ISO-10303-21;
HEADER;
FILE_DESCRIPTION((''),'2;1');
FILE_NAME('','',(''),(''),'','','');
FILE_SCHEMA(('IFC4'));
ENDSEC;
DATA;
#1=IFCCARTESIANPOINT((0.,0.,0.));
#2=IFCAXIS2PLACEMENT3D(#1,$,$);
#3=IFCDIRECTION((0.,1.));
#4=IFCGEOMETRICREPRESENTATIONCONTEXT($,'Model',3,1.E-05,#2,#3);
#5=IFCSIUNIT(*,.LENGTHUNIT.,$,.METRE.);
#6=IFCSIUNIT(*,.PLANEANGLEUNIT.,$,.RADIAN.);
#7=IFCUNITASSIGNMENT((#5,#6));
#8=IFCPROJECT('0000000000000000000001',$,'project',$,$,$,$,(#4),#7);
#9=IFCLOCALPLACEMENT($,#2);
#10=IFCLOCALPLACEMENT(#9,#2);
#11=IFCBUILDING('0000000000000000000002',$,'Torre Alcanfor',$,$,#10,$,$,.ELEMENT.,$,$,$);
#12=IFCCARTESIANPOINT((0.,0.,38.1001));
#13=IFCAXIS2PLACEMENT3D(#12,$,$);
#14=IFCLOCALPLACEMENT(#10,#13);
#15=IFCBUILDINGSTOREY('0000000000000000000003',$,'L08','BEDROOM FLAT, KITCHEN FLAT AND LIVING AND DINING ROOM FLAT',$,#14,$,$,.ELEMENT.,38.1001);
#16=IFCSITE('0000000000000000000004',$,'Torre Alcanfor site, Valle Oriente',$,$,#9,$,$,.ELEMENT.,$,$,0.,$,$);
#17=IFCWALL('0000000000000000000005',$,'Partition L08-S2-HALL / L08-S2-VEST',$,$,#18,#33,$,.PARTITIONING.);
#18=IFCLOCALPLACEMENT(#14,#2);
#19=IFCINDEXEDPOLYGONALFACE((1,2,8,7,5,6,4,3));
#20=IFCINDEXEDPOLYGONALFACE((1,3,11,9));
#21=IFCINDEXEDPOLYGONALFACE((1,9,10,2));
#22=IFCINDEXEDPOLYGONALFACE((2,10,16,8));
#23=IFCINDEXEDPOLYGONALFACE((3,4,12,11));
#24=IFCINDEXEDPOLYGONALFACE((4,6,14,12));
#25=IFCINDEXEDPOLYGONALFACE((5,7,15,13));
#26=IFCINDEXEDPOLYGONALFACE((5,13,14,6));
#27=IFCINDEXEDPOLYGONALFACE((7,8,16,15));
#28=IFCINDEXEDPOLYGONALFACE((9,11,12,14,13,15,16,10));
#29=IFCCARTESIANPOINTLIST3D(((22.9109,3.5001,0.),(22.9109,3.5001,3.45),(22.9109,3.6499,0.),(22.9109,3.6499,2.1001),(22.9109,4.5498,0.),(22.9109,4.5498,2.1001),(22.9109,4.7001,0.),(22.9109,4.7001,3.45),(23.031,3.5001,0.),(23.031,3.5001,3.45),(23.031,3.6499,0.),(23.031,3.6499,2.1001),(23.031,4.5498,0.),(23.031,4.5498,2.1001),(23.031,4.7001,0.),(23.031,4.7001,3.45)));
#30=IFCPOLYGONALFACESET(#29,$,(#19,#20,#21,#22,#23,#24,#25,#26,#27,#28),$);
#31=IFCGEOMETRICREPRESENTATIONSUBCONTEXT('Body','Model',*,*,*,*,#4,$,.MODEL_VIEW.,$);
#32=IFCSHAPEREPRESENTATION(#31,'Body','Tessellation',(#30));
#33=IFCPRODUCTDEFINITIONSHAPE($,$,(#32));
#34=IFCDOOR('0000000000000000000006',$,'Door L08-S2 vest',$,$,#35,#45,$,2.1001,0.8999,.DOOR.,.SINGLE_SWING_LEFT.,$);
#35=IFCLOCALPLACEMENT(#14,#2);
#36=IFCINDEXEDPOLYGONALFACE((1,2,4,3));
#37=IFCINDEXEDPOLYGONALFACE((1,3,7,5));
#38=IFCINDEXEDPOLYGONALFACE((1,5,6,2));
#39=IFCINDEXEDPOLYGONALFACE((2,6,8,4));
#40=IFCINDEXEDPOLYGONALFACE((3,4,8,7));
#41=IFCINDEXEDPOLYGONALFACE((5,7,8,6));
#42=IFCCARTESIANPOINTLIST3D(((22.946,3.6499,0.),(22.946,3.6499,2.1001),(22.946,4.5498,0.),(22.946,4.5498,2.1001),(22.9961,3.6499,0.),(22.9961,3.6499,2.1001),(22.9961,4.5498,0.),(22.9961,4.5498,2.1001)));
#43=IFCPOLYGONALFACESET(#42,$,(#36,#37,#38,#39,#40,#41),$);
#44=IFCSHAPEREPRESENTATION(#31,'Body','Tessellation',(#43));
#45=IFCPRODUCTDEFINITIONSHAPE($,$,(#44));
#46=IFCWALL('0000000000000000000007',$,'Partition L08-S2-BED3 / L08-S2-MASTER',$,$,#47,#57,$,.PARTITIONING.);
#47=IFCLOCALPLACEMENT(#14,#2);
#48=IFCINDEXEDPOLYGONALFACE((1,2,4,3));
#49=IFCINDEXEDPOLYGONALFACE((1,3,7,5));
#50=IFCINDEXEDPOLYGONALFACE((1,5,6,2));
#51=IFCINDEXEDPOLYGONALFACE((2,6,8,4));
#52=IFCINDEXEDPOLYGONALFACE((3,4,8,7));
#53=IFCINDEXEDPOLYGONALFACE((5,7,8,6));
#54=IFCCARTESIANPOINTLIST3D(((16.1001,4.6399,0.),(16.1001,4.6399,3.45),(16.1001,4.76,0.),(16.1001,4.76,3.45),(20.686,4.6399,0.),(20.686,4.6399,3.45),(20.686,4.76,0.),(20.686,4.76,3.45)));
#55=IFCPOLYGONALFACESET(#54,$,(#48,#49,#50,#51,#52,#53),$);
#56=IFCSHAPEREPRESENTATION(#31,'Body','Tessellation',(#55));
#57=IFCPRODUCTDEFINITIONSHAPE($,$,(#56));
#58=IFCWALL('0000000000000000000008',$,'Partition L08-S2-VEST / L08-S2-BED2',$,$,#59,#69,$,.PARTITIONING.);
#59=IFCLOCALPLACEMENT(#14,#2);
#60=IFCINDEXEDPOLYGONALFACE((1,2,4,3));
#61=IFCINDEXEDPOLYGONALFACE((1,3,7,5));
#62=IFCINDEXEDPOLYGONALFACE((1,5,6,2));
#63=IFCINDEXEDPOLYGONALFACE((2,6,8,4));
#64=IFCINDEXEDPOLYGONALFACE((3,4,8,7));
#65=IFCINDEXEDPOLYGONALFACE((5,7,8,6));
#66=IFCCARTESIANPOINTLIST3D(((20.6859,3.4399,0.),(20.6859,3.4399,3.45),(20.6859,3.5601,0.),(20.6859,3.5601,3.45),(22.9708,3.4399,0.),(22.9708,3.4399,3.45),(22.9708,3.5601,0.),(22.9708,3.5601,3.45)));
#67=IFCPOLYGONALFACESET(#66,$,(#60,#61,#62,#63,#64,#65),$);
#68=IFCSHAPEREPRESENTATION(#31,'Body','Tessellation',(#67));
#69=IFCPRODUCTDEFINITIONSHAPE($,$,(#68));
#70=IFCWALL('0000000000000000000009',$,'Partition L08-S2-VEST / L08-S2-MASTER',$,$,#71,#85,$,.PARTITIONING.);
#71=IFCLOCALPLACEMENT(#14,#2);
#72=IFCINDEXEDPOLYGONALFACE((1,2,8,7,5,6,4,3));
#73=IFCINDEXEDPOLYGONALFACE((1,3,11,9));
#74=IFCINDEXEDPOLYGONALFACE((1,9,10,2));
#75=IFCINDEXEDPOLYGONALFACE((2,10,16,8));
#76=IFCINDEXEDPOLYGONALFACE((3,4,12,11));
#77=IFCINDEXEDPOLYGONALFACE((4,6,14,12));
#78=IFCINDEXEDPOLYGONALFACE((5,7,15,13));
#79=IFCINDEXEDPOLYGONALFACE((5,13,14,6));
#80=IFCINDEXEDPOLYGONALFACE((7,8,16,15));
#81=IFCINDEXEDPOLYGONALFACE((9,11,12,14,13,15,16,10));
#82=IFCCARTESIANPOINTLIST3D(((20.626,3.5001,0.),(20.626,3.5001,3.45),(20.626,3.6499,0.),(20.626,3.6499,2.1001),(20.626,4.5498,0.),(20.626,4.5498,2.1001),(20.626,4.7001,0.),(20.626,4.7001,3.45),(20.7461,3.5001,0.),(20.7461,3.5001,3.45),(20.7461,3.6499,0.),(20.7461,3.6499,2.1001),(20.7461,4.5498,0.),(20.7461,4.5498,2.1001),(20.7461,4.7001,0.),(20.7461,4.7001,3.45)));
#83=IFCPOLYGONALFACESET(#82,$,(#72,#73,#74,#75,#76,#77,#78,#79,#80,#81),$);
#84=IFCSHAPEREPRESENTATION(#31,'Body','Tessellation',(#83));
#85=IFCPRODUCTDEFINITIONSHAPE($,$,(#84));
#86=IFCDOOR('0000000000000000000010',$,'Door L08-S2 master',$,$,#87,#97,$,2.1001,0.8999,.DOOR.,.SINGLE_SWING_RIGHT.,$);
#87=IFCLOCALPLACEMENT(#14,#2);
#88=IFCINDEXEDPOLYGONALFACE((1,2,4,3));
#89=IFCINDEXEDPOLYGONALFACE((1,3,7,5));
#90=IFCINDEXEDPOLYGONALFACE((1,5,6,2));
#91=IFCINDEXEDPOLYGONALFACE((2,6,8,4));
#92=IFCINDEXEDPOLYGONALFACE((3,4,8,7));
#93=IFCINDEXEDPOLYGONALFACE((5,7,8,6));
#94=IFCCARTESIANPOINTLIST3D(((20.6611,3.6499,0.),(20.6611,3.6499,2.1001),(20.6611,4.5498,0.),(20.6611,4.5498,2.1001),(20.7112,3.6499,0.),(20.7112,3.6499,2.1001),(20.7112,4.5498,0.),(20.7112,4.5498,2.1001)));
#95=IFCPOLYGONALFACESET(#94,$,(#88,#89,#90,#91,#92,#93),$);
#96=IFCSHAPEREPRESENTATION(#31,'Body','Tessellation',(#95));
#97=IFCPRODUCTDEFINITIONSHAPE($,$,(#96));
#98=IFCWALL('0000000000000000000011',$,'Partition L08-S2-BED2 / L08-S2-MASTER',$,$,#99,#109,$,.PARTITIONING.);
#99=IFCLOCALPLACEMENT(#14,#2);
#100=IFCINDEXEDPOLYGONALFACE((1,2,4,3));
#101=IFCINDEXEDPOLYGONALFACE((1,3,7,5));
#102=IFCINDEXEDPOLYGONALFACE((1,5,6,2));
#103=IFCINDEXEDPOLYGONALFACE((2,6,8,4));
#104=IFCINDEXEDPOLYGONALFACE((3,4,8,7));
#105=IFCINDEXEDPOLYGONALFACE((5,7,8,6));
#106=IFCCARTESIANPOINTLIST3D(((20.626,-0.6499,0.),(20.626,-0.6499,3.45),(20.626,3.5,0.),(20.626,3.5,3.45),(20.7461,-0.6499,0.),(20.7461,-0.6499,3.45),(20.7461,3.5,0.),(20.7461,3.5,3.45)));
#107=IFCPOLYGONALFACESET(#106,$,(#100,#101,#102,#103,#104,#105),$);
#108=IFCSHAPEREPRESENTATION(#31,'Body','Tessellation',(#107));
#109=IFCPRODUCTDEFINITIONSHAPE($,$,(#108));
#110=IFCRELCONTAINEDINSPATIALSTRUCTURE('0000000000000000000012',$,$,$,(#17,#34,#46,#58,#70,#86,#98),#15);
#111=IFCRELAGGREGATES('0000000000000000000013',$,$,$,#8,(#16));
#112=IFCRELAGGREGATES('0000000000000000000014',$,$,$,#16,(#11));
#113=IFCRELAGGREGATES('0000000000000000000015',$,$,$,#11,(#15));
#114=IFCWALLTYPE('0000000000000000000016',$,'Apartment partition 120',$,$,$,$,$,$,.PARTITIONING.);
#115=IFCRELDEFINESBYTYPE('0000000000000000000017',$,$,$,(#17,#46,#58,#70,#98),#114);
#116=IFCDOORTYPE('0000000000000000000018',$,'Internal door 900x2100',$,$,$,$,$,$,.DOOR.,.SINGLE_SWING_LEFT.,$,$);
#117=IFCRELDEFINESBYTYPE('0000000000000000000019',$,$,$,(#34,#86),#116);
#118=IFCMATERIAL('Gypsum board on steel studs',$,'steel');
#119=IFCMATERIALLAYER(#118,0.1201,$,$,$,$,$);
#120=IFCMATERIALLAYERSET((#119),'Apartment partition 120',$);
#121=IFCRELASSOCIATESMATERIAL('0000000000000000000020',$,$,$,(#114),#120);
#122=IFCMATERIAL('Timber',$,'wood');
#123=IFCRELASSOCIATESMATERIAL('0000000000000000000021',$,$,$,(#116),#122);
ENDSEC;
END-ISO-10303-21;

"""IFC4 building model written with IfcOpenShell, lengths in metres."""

from ifc_helpers import new_model, si_unit, direction, frame, frame_2d, origin, place, context, subcontext, project, spatial, rectangle, extrude, material, layer, layer_set, type_object, element, fill, save


model = new_model("IFC4")

# Units and contexts
model_context = context("Model", 3, precision=1e-05, world=origin(), true_north=direction((0.0, 1.0)))
body_context = subcontext(model_context, "Body", "Model", "MODEL_VIEW")
ifc_project = project(units=[si_unit("LENGTHUNIT", "METRE"), si_unit("PLANEANGLEUNIT", "RADIAN")], contexts=[model_context])

# Site, building, storey
site_placement = place(None, origin())
site = spatial("IfcSite", under=ifc_project, at=site_placement, Name="Torre Alcanfor site, Valle Oriente", CompositionType="ELEMENT", RefElevation=0.0)
building_placement = place(site_placement, origin())
building = spatial("IfcBuilding", under=site, at=building_placement, Name="Torre Alcanfor", CompositionType="ELEMENT")
storey_placement = place(building_placement, frame((0.0, 0.0, 38.1001)))
storey = spatial("IfcBuildingStorey", under=building, at=storey_placement, Name="L08", Description="BEDROOM FLAT, KITCHEN FLAT AND LIVING AND DINING ROOM FLAT", CompositionType="ELEMENT", Elevation=38.1001)

# Wall, opening, door
ifc_material_1 = material(Name="Gypsum board on steel studs", Category="steel")
ifc_layer_1 = layer(ifc_material_1, 0.1201)
ifc_layer_set_1 = layer_set([ifc_layer_1], Name="Apartment partition 120")
wall_type = type_object("IfcWallType", Name="Apartment partition 120", PredefinedType="PARTITIONING", material=ifc_layer_set_1)
wall_1_placement = place(storey_placement, frame((22.9709, 3.5, 0.0), z_axis=(0.0, 0.0, 1.0), x_axis=(0.0, 1.0, 0.0)))
wall_1 = element("IfcWall", 1, at=wall_1_placement, inside=storey, type_object=wall_type, Name="Partition L08-S2-HALL / L08-S2-VEST", PredefinedType="PARTITIONING", context=body_context, shape_type="SweptSolid", body=[
    extrude(rectangle(XDim=1.2, YDim=0.1201, at=frame_2d((0.6001, 0.0))), origin(), (0.0, 0.0, 1.0), 3.45),
])
opening_1_placement = place(wall_1_placement, frame((0.1499, 0.0, 0.0)))
opening_1 = element("IfcOpeningElement", 2, at=opening_1_placement, cuts=wall_1, PredefinedType="OPENING", context=body_context, shape_type="SweptSolid", body=[
    extrude(rectangle(XDim=0.8999, YDim=2.1001, at=frame_2d((0.45, 1.05))), frame((0.0, 0.0701, 0.0), z_axis=(0.0, -1.0, 0.0), x_axis=(1.0, 0.0, 0.0)), (0.0, 0.0, 1.0), 0.1401),
])
ifc_material_2 = material(Name="Timber", Category="wood")
door_type = type_object("IfcDoorType", Name="Internal door 900x2100", OperationType="SINGLE_SWING_LEFT", PredefinedType="DOOR", material=ifc_material_2)
door_1_placement = place(opening_1_placement, origin())
door_1 = element("IfcDoor", 3, at=door_1_placement, inside=storey, type_object=door_type, Name="Door L08-S2 vest", OperationType="SINGLE_SWING_LEFT", OverallHeight=2.1001, OverallWidth=0.8999, PredefinedType="DOOR", context=body_context, shape_type="SweptSolid", body=[
    extrude(rectangle(XDim=0.8999, YDim=2.1001, at=frame_2d((0.45, 1.05))), frame((0.0, 0.0249, 0.0), z_axis=(0.0, -1.0, 0.0), x_axis=(1.0, 0.0, 0.0)), (0.0, 0.0, 1.0), 0.05),
])
fill(opening_1, door_1)

# Walls
wall_2_placement = place(storey_placement, frame((20.686, 4.7, 0.0), z_axis=(0.0, 0.0, 1.0), x_axis=(-1.0, 0.0, 0.0)))
element("IfcWall", 4, at=wall_2_placement, inside=storey, type_object=wall_type, Name="Partition L08-S2-BED3 / L08-S2-MASTER", PredefinedType="PARTITIONING", context=body_context, shape_type="SweptSolid", body=[
    extrude(rectangle(XDim=4.5859, YDim=0.1201, at=frame_2d((2.293, 0.0))), origin(), (0.0, 0.0, 1.0), 3.45),
])
wall_3_placement = place(storey_placement, frame((22.9709, 3.5, 0.0), z_axis=(0.0, 0.0, 1.0), x_axis=(-1.0, 0.0, 0.0)))
element("IfcWall", 5, at=wall_3_placement, inside=storey, type_object=wall_type, Name="Partition L08-S2-VEST / L08-S2-BED2", PredefinedType="PARTITIONING", context=body_context, shape_type="SweptSolid", body=[
    extrude(rectangle(XDim=2.2849, YDim=0.1201, at=frame_2d((1.1426, 0.0))), origin(), (0.0, 0.0, 1.0), 3.45),
])

# Wall, opening, door
wall_4_placement = place(storey_placement, frame((20.686, 3.5, 0.0), z_axis=(0.0, 0.0, 1.0), x_axis=(0.0, 1.0, 0.0)))
wall_4 = element("IfcWall", 6, at=wall_4_placement, inside=storey, type_object=wall_type, Name="Partition L08-S2-VEST / L08-S2-MASTER", PredefinedType="PARTITIONING", context=body_context, shape_type="SweptSolid", body=[
    extrude(rectangle(XDim=1.2, YDim=0.1201, at=frame_2d((0.6001, 0.0))), origin(), (0.0, 0.0, 1.0), 3.45),
])
opening_2_placement = place(wall_4_placement, frame((0.1499, 0.0, 0.0)))
opening_2 = element("IfcOpeningElement", 7, at=opening_2_placement, cuts=wall_4, PredefinedType="OPENING", context=body_context, shape_type="SweptSolid", body=[
    extrude(rectangle(XDim=0.8999, YDim=2.1001, at=frame_2d((0.45, 1.05))), frame((0.0, 0.0701, 0.0), z_axis=(0.0, -1.0, 0.0), x_axis=(1.0, 0.0, 0.0)), (0.0, 0.0, 1.0), 0.1401),
])
door_2_placement = place(opening_2_placement, frame((0.8999, 0.0, 0.0), z_axis=(0.0, 0.0, 1.0), x_axis=(-1.0, 0.0, 0.0)))
door_2 = element("IfcDoor", 8, at=door_2_placement, inside=storey, type_object=door_type, Name="Door L08-S2 master", OperationType="SINGLE_SWING_RIGHT", OverallHeight=2.1001, OverallWidth=0.8999, PredefinedType="DOOR", context=body_context, shape_type="SweptSolid", body=[
    extrude(rectangle(XDim=0.8999, YDim=2.1001, at=frame_2d((0.45, 1.05))), frame((0.0, 0.0251, 0.0), z_axis=(0.0, -1.0, 0.0), x_axis=(1.0, 0.0, 0.0)), (0.0, 0.0, 1.0), 0.05),
])
fill(opening_2, door_2)

# Wall
wall_5_placement = place(storey_placement, frame((20.686, -0.6499, 0.0), z_axis=(0.0, 0.0, 1.0), x_axis=(0.0, 1.0, 0.0)))
element("IfcWall", 9, at=wall_5_placement, inside=storey, type_object=wall_type, Name="Partition L08-S2-BED2 / L08-S2-MASTER", PredefinedType="PARTITIONING", context=body_context, shape_type="SweptSolid", body=[
    extrude(rectangle(XDim=4.1499, YDim=0.1201, at=frame_2d((2.075, 0.0))), origin(), (0.0, 0.0, 1.0), 3.45),
])

save(model, "model.ifc")
